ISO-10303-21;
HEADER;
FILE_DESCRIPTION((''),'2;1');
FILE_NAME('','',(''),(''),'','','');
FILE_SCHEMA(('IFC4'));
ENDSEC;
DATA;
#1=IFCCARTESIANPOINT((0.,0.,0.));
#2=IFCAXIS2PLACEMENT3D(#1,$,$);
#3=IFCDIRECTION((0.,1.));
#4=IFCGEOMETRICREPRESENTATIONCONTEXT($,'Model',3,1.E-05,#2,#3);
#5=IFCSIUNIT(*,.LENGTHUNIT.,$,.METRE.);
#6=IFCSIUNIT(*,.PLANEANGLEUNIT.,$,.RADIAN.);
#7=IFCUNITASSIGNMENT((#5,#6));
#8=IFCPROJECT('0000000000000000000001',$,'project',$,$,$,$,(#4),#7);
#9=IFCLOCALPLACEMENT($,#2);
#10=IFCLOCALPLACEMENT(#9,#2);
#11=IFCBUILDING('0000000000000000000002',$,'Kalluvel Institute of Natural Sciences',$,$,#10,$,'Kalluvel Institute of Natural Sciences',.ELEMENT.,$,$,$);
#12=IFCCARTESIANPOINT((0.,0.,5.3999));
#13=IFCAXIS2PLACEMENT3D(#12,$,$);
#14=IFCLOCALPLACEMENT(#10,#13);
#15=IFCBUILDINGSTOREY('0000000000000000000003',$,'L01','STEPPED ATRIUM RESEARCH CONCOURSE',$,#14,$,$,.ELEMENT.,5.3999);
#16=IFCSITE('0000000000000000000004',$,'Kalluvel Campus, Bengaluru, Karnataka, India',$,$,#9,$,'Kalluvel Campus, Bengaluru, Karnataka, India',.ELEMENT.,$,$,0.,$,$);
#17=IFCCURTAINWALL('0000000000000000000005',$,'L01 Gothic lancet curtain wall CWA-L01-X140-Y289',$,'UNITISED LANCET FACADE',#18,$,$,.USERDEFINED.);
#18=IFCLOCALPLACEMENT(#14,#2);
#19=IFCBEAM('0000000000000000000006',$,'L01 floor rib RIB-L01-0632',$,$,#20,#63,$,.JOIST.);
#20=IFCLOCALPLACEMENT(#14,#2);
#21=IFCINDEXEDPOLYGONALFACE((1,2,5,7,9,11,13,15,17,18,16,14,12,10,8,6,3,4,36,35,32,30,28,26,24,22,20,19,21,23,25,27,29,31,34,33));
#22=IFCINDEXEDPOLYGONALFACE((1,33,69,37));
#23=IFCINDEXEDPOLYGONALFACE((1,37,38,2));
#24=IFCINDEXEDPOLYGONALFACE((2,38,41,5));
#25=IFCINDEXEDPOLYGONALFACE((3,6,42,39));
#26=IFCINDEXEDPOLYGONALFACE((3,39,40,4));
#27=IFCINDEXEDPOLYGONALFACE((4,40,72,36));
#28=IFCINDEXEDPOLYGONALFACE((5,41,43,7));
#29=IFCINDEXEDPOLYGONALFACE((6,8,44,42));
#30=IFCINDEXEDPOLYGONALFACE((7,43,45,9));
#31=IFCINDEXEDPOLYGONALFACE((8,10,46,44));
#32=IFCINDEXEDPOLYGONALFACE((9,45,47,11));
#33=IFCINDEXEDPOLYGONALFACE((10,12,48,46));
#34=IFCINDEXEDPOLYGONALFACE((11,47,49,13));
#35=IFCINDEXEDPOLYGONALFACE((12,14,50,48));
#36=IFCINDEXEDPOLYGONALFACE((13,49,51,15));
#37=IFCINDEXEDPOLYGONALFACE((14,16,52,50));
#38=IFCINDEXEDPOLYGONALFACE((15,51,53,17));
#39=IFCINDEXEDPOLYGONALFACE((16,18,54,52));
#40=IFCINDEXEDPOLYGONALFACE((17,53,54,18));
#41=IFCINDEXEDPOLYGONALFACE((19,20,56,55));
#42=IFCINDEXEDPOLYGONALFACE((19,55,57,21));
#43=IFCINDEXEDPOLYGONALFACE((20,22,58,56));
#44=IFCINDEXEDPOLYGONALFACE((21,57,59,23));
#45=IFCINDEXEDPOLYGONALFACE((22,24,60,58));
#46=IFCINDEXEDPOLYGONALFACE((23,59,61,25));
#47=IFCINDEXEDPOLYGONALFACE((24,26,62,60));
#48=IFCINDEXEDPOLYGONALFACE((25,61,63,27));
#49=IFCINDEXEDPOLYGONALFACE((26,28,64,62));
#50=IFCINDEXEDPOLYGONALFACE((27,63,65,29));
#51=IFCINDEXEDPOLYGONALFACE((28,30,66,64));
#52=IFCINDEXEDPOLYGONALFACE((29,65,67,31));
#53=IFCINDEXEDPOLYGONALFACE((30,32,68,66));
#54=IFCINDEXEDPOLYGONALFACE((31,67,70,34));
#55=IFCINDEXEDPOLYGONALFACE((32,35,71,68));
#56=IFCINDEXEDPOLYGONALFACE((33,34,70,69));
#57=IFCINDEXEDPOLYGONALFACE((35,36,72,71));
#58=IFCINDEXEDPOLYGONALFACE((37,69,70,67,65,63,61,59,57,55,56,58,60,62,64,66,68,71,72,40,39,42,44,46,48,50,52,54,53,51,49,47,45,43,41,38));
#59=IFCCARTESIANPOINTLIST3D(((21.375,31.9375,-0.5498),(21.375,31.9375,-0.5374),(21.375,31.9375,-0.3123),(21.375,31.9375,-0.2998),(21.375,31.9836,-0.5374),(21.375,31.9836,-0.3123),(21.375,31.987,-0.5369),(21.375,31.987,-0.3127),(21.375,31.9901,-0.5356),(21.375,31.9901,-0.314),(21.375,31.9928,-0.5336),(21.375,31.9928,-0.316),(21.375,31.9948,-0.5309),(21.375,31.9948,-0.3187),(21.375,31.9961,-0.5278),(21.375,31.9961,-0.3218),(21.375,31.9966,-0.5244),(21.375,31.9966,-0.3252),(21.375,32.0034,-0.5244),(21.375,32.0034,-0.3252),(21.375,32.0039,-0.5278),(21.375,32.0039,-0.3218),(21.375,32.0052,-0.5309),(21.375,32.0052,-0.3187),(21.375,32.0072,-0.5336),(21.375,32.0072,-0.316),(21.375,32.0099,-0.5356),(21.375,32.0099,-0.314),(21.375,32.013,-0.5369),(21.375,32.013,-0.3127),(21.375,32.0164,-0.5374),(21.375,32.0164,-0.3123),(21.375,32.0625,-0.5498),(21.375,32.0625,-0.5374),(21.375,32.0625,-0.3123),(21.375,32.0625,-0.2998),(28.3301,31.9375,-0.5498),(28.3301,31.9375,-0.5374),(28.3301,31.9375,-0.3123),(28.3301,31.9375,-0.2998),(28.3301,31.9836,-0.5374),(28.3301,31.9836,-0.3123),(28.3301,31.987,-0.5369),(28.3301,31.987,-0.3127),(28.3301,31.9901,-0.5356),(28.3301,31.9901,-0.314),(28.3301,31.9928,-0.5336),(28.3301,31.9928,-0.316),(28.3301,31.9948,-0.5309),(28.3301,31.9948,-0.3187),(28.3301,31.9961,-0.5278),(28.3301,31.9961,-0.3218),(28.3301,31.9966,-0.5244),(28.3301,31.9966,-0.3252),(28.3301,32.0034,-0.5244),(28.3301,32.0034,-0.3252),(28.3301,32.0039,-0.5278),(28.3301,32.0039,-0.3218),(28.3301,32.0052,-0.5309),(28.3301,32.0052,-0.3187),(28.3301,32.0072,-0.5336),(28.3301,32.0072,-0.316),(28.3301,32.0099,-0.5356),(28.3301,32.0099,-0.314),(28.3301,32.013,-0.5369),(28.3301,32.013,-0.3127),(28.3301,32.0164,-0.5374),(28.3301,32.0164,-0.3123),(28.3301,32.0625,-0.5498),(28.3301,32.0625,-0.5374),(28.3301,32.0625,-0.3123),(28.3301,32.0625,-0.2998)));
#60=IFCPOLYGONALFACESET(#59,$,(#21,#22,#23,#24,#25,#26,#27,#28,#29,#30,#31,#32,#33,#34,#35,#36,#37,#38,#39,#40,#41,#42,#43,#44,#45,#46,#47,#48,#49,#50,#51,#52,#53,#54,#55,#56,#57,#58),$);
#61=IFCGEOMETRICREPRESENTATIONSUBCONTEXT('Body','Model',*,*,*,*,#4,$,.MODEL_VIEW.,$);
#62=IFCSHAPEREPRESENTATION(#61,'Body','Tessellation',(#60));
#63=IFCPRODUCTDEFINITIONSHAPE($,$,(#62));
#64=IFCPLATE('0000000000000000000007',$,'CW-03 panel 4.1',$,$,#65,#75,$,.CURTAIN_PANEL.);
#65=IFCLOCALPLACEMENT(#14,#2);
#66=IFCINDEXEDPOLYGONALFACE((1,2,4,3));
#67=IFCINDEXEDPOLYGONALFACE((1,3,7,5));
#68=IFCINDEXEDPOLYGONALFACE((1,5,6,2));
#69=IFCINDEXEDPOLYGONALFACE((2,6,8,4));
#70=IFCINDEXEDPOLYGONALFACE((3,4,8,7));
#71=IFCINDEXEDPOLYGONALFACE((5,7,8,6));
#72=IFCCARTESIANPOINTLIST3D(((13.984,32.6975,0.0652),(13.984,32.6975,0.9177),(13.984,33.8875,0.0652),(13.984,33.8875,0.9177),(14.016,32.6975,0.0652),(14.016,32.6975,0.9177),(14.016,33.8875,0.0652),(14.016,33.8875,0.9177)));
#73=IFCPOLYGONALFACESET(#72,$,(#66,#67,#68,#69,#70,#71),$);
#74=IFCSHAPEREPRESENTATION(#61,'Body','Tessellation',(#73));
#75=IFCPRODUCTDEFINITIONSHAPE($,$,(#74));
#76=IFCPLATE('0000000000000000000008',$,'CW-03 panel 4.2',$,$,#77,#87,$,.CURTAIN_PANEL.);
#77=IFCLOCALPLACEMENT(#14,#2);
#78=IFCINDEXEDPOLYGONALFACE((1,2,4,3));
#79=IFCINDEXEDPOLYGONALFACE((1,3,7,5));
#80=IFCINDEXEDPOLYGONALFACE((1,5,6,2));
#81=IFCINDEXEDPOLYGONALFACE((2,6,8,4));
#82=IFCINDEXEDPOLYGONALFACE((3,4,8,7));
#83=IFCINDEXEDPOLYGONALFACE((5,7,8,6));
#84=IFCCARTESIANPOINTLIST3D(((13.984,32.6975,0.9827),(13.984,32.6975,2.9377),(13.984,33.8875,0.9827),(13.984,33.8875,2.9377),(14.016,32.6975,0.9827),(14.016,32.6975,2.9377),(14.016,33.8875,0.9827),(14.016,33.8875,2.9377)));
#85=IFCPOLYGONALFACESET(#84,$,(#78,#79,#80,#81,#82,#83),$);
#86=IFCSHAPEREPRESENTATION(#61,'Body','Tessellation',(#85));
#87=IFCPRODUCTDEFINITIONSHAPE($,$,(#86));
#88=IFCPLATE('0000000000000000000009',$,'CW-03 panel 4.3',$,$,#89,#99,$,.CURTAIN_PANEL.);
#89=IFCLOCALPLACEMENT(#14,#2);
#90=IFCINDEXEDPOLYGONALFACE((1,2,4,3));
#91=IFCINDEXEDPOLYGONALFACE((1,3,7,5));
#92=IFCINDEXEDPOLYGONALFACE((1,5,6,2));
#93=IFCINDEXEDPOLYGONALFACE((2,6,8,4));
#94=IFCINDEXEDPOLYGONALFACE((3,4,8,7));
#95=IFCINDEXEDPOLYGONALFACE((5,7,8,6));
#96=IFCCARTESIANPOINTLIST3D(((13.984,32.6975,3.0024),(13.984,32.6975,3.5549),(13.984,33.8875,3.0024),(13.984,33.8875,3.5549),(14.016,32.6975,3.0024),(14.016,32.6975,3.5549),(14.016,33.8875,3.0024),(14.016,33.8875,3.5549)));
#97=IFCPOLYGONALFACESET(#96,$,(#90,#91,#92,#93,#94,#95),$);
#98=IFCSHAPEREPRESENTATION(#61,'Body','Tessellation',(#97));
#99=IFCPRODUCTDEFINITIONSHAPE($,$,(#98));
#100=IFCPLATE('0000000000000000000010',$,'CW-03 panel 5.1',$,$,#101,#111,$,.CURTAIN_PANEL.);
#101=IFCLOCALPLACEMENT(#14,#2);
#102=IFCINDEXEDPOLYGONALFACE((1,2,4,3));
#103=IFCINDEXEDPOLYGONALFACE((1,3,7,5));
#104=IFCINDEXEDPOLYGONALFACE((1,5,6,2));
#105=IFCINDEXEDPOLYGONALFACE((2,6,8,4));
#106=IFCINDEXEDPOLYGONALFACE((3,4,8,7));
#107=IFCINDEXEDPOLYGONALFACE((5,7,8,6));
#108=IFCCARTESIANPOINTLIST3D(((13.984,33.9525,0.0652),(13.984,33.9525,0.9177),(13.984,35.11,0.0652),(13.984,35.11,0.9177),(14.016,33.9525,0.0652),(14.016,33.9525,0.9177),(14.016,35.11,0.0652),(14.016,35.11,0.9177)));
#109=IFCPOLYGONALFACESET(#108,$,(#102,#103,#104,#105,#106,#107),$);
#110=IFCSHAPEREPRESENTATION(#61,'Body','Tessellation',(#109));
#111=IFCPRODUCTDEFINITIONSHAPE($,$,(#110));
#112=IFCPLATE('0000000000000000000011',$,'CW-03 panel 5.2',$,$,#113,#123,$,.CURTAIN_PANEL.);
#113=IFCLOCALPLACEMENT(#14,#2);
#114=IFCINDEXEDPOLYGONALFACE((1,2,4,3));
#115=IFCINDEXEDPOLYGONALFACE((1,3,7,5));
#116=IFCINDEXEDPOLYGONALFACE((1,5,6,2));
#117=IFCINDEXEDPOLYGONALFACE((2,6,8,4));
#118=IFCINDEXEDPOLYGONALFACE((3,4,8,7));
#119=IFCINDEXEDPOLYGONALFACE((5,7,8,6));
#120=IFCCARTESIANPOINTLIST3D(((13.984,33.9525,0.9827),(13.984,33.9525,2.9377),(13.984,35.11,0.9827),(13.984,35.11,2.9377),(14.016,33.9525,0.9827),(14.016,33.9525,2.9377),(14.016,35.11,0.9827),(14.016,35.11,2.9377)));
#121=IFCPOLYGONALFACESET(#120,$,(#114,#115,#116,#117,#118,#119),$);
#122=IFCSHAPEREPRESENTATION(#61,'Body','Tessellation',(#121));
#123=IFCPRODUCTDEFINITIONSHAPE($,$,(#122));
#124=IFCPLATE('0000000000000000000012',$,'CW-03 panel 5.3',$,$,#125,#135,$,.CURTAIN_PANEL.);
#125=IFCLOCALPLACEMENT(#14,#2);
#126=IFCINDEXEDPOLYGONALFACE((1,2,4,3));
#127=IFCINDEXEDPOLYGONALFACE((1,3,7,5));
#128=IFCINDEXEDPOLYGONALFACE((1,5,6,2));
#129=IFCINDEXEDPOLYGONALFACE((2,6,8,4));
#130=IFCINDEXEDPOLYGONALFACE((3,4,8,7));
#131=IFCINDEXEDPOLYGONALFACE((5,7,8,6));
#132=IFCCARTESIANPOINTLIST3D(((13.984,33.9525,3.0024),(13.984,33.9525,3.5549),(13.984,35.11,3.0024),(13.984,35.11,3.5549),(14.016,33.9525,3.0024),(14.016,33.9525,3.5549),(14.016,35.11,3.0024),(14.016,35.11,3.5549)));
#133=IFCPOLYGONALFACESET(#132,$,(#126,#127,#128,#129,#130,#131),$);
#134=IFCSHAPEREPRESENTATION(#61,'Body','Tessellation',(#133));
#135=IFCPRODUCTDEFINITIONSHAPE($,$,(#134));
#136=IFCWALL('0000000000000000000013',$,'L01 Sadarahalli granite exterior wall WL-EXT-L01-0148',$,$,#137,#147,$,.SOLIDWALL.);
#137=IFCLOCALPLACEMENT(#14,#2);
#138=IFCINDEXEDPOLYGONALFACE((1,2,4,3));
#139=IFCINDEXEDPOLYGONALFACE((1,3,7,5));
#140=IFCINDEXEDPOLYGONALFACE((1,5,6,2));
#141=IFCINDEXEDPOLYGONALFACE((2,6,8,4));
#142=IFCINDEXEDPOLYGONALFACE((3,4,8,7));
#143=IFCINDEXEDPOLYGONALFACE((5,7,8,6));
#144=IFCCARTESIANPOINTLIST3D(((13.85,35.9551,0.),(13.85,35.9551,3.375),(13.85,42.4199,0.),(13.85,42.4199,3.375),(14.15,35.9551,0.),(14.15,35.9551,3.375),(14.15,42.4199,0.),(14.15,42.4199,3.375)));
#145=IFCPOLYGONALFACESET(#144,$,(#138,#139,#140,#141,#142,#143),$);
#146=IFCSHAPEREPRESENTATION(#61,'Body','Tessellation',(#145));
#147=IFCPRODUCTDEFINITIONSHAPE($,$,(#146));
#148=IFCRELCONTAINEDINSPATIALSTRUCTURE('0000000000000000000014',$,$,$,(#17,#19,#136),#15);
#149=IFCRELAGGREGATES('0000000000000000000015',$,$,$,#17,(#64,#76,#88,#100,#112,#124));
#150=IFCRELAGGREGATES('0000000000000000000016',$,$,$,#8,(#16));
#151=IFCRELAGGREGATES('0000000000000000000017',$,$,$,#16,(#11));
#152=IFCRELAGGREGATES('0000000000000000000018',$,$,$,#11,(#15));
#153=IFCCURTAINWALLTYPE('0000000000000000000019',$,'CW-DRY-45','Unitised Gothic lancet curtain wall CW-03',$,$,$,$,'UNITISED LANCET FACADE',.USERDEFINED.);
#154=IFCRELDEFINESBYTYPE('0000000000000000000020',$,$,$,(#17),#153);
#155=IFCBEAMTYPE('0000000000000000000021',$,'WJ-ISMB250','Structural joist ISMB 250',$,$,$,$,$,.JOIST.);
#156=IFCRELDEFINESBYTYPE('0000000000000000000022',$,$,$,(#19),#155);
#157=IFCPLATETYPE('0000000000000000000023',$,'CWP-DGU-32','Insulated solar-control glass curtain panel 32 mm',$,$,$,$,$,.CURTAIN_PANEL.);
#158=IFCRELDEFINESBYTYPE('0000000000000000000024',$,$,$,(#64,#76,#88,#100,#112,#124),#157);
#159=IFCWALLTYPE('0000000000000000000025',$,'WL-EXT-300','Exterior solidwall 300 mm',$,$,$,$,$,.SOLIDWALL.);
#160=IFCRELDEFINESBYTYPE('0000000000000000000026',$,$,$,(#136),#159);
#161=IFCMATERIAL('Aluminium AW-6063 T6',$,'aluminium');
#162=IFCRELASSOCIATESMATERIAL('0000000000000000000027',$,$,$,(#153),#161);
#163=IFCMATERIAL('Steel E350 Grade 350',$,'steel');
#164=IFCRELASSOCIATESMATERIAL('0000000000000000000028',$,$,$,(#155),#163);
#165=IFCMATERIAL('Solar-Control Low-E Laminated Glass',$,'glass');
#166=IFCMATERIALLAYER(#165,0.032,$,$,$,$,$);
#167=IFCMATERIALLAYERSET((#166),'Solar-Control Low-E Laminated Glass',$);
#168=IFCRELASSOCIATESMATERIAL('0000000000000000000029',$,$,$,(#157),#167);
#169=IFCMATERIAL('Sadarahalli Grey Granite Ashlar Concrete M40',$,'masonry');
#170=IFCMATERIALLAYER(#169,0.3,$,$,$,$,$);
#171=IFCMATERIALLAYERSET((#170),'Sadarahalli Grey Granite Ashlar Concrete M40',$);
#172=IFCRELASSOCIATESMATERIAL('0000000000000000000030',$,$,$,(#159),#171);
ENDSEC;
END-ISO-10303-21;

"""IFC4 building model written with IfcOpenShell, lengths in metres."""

from ifc_helpers import new_model, si_unit, direction, frame, frame_2d, origin, origin_2d, place, context, subcontext, project, spatial, rectangle, i_section, extrude, material, layer, layer_set, material_profile, profile_set, type_object, element, aggregate, save


model = new_model("IFC4")

# Units and contexts
model_context = context("Model", 3, precision=1e-05, world=origin(), true_north=direction((0.0, 1.0)))
body_context = subcontext(model_context, "Body", "Model", "MODEL_VIEW")
ifc_project = project(units=[si_unit("LENGTHUNIT", "METRE"), si_unit("PLANEANGLEUNIT", "RADIAN")], contexts=[model_context])

# Site, building, storey
site_placement = place(None, origin())
site = spatial("IfcSite", under=ifc_project, at=site_placement, Name="Kalluvel Campus, Bengaluru, Karnataka, India", LongName="Kalluvel Campus, Bengaluru, Karnataka, India", CompositionType="ELEMENT", RefElevation=0.0)
building_placement = place(site_placement, origin())
building = spatial("IfcBuilding", under=site, at=building_placement, Name="Kalluvel Institute of Natural Sciences", LongName="Kalluvel Institute of Natural Sciences", CompositionType="ELEMENT")
storey_placement = place(building_placement, frame((0.0, 0.0, 5.3999)))
storey = spatial("IfcBuildingStorey", under=building, at=storey_placement, Name="L01", Description="STEPPED ATRIUM RESEARCH CONCOURSE", CompositionType="ELEMENT", Elevation=5.3999)

# Shared definitions
ifc_material_1 = material(Name="Steel E350 Grade 350", Category="steel")

# Curtain wall
ifc_material_2 = material(Name="Aluminium AW-6063 T6", Category="aluminium")
curtain_wall_type = type_object("IfcCurtainWallType", Name="CW-DRY-45", Description="Unitised Gothic lancet curtain wall CW-03", ElementType="UNITISED LANCET FACADE", PredefinedType="USERDEFINED", material=ifc_material_2)
curtain_wall_placement = place(storey_placement, origin())
curtain_wall = element("IfcCurtainWall", 1, at=curtain_wall_placement, inside=storey, type_object=curtain_wall_type, Name="L01 Gothic lancet curtain wall CWA-L01-X140-Y289", ObjectType="UNITISED LANCET FACADE", PredefinedType="USERDEFINED")

# Beam
ifc_material_profile_1 = material_profile(ifc_material_1, i_section(OverallWidth=0.125, OverallDepth=0.25, WebThickness=0.0068, FlangeThickness=0.0125, FilletRadius=0.0129, at=origin_2d()), Name="ISMB 250")
ifc_profile_set_1 = profile_set([ifc_material_profile_1], Name="Steel E350 Grade 350")
beam_type_1 = type_object("IfcBeamType", Name="WJ-ISMB250", Description="Structural joist ISMB 250", PredefinedType="JOIST", material=ifc_profile_set_1)
beam_1_placement = place(storey_placement, frame((21.375, 32.0, -0.4248), z_axis=(1.0, 0.0, 0.0), x_axis=(0.0, 1.0, 0.0)))
element("IfcBeam", 2, at=beam_1_placement, inside=storey, type_object=beam_type_1, Name="L01 floor rib RIB-L01-0632", PredefinedType="JOIST", context=body_context, shape_type="SweptSolid", body=[
    extrude(i_section(OverallWidth=0.125, OverallDepth=0.25, WebThickness=0.0068, FlangeThickness=0.0125, FilletRadius=0.0129, at=origin_2d()), origin(), (0.0, 0.0, 1.0), 6.9551),
])

# Plates
ifc_material_3 = material(Name="Solar-Control Low-E Laminated Glass", Category="glass")
ifc_layer_1 = layer(ifc_material_3, 0.032)
ifc_layer_set_1 = layer_set([ifc_layer_1], Name="Solar-Control Low-E Laminated Glass")
plate_type = type_object("IfcPlateType", Name="CWP-DGU-32", Description="Insulated solar-control glass curtain panel 32 mm", PredefinedType="CURTAIN_PANEL", material=ifc_layer_set_1)
plate_1_placement = place(storey_placement, frame((14.0, 33.2925, 0.0652), z_axis=(0.0, 0.0, 1.0), x_axis=(0.0, 1.0, 0.0)))
plate_1 = element("IfcPlate", 3, at=plate_1_placement, type_object=plate_type, Name="CW-03 panel 4.1", PredefinedType="CURTAIN_PANEL", context=body_context, shape_type="SweptSolid", body=[
    extrude(rectangle(XDim=1.1899, YDim=0.032, at=origin_2d()), origin(), (0.0, 0.0, 1.0), 0.8525),
])
plate_2_placement = place(storey_placement, frame((14.0, 33.2925, 0.9827), z_axis=(0.0, 0.0, 1.0), x_axis=(0.0, 1.0, 0.0)))
plate_2 = element("IfcPlate", 4, at=plate_2_placement, type_object=plate_type, Name="CW-03 panel 4.2", PredefinedType="CURTAIN_PANEL", context=body_context, shape_type="SweptSolid", body=[
    extrude(rectangle(XDim=1.1899, YDim=0.032, at=origin_2d()), origin(), (0.0, 0.0, 1.0), 1.9551),
])
plate_3_placement = place(storey_placement, frame((14.0, 33.2925, 3.0024), z_axis=(0.0, 0.0, 1.0), x_axis=(0.0, 1.0, 0.0)))
plate_3 = element("IfcPlate", 5, at=plate_3_placement, type_object=plate_type, Name="CW-03 panel 4.3", PredefinedType="CURTAIN_PANEL", context=body_context, shape_type="SweptSolid", body=[
    extrude(rectangle(XDim=1.1899, YDim=0.032, at=origin_2d()), origin(), (0.0, 0.0, 1.0), 0.5525),
])
plate_4_placement = place(storey_placement, frame((14.0, 34.5312, 0.0652), z_axis=(0.0, 0.0, 1.0), x_axis=(0.0, 1.0, 0.0)))
plate_4 = element("IfcPlate", 6, at=plate_4_placement, type_object=plate_type, Name="CW-03 panel 5.1", PredefinedType="CURTAIN_PANEL", context=body_context, shape_type="SweptSolid", body=[
    extrude(rectangle(XDim=1.1575, YDim=0.032, at=origin_2d()), origin(), (0.0, 0.0, 1.0), 0.8525),
])
plate_5_placement = place(storey_placement, frame((14.0, 34.5312, 0.9827), z_axis=(0.0, 0.0, 1.0), x_axis=(0.0, 1.0, 0.0)))
plate_5 = element("IfcPlate", 7, at=plate_5_placement, type_object=plate_type, Name="CW-03 panel 5.2", PredefinedType="CURTAIN_PANEL", context=body_context, shape_type="SweptSolid", body=[
    extrude(rectangle(XDim=1.1575, YDim=0.032, at=origin_2d()), origin(), (0.0, 0.0, 1.0), 1.9551),
])
plate_6_placement = place(storey_placement, frame((14.0, 34.5312, 3.0024), z_axis=(0.0, 0.0, 1.0), x_axis=(0.0, 1.0, 0.0)))
plate_6 = element("IfcPlate", 8, at=plate_6_placement, type_object=plate_type, Name="CW-03 panel 5.3", PredefinedType="CURTAIN_PANEL", context=body_context, shape_type="SweptSolid", body=[
    extrude(rectangle(XDim=1.1575, YDim=0.032, at=origin_2d()), origin(), (0.0, 0.0, 1.0), 0.5525),
])
aggregate(curtain_wall, [plate_1, plate_2, plate_3, plate_4, plate_5, plate_6])

# Wall
ifc_material_4 = material(Name="Sadarahalli Grey Granite Ashlar Concrete M40", Category="masonry")
ifc_layer_2 = layer(ifc_material_4, 0.3)
ifc_layer_set_2 = layer_set([ifc_layer_2], Name="Sadarahalli Grey Granite Ashlar Concrete M40")
wall_type = type_object("IfcWallType", Name="WL-EXT-300", Description="Exterior solidwall 300 mm", PredefinedType="SOLIDWALL", material=ifc_layer_set_2)
wall_placement = place(storey_placement, frame((14.0, 35.9551, 0.0), z_axis=(0.0, 0.0, 1.0), x_axis=(0.0, 1.0, 0.0)))
element("IfcWall", 9, at=wall_placement, inside=storey, type_object=wall_type, Name="L01 Sadarahalli granite exterior wall WL-EXT-L01-0148", PredefinedType="SOLIDWALL", context=body_context, shape_type="SweptSolid", body=[
    extrude(rectangle(XDim=6.4648, YDim=0.3, at=frame_2d((3.2324, 0.0))), origin(), (0.0, 0.0, 1.0), 3.375),
])

save(model, "model.ifc")
